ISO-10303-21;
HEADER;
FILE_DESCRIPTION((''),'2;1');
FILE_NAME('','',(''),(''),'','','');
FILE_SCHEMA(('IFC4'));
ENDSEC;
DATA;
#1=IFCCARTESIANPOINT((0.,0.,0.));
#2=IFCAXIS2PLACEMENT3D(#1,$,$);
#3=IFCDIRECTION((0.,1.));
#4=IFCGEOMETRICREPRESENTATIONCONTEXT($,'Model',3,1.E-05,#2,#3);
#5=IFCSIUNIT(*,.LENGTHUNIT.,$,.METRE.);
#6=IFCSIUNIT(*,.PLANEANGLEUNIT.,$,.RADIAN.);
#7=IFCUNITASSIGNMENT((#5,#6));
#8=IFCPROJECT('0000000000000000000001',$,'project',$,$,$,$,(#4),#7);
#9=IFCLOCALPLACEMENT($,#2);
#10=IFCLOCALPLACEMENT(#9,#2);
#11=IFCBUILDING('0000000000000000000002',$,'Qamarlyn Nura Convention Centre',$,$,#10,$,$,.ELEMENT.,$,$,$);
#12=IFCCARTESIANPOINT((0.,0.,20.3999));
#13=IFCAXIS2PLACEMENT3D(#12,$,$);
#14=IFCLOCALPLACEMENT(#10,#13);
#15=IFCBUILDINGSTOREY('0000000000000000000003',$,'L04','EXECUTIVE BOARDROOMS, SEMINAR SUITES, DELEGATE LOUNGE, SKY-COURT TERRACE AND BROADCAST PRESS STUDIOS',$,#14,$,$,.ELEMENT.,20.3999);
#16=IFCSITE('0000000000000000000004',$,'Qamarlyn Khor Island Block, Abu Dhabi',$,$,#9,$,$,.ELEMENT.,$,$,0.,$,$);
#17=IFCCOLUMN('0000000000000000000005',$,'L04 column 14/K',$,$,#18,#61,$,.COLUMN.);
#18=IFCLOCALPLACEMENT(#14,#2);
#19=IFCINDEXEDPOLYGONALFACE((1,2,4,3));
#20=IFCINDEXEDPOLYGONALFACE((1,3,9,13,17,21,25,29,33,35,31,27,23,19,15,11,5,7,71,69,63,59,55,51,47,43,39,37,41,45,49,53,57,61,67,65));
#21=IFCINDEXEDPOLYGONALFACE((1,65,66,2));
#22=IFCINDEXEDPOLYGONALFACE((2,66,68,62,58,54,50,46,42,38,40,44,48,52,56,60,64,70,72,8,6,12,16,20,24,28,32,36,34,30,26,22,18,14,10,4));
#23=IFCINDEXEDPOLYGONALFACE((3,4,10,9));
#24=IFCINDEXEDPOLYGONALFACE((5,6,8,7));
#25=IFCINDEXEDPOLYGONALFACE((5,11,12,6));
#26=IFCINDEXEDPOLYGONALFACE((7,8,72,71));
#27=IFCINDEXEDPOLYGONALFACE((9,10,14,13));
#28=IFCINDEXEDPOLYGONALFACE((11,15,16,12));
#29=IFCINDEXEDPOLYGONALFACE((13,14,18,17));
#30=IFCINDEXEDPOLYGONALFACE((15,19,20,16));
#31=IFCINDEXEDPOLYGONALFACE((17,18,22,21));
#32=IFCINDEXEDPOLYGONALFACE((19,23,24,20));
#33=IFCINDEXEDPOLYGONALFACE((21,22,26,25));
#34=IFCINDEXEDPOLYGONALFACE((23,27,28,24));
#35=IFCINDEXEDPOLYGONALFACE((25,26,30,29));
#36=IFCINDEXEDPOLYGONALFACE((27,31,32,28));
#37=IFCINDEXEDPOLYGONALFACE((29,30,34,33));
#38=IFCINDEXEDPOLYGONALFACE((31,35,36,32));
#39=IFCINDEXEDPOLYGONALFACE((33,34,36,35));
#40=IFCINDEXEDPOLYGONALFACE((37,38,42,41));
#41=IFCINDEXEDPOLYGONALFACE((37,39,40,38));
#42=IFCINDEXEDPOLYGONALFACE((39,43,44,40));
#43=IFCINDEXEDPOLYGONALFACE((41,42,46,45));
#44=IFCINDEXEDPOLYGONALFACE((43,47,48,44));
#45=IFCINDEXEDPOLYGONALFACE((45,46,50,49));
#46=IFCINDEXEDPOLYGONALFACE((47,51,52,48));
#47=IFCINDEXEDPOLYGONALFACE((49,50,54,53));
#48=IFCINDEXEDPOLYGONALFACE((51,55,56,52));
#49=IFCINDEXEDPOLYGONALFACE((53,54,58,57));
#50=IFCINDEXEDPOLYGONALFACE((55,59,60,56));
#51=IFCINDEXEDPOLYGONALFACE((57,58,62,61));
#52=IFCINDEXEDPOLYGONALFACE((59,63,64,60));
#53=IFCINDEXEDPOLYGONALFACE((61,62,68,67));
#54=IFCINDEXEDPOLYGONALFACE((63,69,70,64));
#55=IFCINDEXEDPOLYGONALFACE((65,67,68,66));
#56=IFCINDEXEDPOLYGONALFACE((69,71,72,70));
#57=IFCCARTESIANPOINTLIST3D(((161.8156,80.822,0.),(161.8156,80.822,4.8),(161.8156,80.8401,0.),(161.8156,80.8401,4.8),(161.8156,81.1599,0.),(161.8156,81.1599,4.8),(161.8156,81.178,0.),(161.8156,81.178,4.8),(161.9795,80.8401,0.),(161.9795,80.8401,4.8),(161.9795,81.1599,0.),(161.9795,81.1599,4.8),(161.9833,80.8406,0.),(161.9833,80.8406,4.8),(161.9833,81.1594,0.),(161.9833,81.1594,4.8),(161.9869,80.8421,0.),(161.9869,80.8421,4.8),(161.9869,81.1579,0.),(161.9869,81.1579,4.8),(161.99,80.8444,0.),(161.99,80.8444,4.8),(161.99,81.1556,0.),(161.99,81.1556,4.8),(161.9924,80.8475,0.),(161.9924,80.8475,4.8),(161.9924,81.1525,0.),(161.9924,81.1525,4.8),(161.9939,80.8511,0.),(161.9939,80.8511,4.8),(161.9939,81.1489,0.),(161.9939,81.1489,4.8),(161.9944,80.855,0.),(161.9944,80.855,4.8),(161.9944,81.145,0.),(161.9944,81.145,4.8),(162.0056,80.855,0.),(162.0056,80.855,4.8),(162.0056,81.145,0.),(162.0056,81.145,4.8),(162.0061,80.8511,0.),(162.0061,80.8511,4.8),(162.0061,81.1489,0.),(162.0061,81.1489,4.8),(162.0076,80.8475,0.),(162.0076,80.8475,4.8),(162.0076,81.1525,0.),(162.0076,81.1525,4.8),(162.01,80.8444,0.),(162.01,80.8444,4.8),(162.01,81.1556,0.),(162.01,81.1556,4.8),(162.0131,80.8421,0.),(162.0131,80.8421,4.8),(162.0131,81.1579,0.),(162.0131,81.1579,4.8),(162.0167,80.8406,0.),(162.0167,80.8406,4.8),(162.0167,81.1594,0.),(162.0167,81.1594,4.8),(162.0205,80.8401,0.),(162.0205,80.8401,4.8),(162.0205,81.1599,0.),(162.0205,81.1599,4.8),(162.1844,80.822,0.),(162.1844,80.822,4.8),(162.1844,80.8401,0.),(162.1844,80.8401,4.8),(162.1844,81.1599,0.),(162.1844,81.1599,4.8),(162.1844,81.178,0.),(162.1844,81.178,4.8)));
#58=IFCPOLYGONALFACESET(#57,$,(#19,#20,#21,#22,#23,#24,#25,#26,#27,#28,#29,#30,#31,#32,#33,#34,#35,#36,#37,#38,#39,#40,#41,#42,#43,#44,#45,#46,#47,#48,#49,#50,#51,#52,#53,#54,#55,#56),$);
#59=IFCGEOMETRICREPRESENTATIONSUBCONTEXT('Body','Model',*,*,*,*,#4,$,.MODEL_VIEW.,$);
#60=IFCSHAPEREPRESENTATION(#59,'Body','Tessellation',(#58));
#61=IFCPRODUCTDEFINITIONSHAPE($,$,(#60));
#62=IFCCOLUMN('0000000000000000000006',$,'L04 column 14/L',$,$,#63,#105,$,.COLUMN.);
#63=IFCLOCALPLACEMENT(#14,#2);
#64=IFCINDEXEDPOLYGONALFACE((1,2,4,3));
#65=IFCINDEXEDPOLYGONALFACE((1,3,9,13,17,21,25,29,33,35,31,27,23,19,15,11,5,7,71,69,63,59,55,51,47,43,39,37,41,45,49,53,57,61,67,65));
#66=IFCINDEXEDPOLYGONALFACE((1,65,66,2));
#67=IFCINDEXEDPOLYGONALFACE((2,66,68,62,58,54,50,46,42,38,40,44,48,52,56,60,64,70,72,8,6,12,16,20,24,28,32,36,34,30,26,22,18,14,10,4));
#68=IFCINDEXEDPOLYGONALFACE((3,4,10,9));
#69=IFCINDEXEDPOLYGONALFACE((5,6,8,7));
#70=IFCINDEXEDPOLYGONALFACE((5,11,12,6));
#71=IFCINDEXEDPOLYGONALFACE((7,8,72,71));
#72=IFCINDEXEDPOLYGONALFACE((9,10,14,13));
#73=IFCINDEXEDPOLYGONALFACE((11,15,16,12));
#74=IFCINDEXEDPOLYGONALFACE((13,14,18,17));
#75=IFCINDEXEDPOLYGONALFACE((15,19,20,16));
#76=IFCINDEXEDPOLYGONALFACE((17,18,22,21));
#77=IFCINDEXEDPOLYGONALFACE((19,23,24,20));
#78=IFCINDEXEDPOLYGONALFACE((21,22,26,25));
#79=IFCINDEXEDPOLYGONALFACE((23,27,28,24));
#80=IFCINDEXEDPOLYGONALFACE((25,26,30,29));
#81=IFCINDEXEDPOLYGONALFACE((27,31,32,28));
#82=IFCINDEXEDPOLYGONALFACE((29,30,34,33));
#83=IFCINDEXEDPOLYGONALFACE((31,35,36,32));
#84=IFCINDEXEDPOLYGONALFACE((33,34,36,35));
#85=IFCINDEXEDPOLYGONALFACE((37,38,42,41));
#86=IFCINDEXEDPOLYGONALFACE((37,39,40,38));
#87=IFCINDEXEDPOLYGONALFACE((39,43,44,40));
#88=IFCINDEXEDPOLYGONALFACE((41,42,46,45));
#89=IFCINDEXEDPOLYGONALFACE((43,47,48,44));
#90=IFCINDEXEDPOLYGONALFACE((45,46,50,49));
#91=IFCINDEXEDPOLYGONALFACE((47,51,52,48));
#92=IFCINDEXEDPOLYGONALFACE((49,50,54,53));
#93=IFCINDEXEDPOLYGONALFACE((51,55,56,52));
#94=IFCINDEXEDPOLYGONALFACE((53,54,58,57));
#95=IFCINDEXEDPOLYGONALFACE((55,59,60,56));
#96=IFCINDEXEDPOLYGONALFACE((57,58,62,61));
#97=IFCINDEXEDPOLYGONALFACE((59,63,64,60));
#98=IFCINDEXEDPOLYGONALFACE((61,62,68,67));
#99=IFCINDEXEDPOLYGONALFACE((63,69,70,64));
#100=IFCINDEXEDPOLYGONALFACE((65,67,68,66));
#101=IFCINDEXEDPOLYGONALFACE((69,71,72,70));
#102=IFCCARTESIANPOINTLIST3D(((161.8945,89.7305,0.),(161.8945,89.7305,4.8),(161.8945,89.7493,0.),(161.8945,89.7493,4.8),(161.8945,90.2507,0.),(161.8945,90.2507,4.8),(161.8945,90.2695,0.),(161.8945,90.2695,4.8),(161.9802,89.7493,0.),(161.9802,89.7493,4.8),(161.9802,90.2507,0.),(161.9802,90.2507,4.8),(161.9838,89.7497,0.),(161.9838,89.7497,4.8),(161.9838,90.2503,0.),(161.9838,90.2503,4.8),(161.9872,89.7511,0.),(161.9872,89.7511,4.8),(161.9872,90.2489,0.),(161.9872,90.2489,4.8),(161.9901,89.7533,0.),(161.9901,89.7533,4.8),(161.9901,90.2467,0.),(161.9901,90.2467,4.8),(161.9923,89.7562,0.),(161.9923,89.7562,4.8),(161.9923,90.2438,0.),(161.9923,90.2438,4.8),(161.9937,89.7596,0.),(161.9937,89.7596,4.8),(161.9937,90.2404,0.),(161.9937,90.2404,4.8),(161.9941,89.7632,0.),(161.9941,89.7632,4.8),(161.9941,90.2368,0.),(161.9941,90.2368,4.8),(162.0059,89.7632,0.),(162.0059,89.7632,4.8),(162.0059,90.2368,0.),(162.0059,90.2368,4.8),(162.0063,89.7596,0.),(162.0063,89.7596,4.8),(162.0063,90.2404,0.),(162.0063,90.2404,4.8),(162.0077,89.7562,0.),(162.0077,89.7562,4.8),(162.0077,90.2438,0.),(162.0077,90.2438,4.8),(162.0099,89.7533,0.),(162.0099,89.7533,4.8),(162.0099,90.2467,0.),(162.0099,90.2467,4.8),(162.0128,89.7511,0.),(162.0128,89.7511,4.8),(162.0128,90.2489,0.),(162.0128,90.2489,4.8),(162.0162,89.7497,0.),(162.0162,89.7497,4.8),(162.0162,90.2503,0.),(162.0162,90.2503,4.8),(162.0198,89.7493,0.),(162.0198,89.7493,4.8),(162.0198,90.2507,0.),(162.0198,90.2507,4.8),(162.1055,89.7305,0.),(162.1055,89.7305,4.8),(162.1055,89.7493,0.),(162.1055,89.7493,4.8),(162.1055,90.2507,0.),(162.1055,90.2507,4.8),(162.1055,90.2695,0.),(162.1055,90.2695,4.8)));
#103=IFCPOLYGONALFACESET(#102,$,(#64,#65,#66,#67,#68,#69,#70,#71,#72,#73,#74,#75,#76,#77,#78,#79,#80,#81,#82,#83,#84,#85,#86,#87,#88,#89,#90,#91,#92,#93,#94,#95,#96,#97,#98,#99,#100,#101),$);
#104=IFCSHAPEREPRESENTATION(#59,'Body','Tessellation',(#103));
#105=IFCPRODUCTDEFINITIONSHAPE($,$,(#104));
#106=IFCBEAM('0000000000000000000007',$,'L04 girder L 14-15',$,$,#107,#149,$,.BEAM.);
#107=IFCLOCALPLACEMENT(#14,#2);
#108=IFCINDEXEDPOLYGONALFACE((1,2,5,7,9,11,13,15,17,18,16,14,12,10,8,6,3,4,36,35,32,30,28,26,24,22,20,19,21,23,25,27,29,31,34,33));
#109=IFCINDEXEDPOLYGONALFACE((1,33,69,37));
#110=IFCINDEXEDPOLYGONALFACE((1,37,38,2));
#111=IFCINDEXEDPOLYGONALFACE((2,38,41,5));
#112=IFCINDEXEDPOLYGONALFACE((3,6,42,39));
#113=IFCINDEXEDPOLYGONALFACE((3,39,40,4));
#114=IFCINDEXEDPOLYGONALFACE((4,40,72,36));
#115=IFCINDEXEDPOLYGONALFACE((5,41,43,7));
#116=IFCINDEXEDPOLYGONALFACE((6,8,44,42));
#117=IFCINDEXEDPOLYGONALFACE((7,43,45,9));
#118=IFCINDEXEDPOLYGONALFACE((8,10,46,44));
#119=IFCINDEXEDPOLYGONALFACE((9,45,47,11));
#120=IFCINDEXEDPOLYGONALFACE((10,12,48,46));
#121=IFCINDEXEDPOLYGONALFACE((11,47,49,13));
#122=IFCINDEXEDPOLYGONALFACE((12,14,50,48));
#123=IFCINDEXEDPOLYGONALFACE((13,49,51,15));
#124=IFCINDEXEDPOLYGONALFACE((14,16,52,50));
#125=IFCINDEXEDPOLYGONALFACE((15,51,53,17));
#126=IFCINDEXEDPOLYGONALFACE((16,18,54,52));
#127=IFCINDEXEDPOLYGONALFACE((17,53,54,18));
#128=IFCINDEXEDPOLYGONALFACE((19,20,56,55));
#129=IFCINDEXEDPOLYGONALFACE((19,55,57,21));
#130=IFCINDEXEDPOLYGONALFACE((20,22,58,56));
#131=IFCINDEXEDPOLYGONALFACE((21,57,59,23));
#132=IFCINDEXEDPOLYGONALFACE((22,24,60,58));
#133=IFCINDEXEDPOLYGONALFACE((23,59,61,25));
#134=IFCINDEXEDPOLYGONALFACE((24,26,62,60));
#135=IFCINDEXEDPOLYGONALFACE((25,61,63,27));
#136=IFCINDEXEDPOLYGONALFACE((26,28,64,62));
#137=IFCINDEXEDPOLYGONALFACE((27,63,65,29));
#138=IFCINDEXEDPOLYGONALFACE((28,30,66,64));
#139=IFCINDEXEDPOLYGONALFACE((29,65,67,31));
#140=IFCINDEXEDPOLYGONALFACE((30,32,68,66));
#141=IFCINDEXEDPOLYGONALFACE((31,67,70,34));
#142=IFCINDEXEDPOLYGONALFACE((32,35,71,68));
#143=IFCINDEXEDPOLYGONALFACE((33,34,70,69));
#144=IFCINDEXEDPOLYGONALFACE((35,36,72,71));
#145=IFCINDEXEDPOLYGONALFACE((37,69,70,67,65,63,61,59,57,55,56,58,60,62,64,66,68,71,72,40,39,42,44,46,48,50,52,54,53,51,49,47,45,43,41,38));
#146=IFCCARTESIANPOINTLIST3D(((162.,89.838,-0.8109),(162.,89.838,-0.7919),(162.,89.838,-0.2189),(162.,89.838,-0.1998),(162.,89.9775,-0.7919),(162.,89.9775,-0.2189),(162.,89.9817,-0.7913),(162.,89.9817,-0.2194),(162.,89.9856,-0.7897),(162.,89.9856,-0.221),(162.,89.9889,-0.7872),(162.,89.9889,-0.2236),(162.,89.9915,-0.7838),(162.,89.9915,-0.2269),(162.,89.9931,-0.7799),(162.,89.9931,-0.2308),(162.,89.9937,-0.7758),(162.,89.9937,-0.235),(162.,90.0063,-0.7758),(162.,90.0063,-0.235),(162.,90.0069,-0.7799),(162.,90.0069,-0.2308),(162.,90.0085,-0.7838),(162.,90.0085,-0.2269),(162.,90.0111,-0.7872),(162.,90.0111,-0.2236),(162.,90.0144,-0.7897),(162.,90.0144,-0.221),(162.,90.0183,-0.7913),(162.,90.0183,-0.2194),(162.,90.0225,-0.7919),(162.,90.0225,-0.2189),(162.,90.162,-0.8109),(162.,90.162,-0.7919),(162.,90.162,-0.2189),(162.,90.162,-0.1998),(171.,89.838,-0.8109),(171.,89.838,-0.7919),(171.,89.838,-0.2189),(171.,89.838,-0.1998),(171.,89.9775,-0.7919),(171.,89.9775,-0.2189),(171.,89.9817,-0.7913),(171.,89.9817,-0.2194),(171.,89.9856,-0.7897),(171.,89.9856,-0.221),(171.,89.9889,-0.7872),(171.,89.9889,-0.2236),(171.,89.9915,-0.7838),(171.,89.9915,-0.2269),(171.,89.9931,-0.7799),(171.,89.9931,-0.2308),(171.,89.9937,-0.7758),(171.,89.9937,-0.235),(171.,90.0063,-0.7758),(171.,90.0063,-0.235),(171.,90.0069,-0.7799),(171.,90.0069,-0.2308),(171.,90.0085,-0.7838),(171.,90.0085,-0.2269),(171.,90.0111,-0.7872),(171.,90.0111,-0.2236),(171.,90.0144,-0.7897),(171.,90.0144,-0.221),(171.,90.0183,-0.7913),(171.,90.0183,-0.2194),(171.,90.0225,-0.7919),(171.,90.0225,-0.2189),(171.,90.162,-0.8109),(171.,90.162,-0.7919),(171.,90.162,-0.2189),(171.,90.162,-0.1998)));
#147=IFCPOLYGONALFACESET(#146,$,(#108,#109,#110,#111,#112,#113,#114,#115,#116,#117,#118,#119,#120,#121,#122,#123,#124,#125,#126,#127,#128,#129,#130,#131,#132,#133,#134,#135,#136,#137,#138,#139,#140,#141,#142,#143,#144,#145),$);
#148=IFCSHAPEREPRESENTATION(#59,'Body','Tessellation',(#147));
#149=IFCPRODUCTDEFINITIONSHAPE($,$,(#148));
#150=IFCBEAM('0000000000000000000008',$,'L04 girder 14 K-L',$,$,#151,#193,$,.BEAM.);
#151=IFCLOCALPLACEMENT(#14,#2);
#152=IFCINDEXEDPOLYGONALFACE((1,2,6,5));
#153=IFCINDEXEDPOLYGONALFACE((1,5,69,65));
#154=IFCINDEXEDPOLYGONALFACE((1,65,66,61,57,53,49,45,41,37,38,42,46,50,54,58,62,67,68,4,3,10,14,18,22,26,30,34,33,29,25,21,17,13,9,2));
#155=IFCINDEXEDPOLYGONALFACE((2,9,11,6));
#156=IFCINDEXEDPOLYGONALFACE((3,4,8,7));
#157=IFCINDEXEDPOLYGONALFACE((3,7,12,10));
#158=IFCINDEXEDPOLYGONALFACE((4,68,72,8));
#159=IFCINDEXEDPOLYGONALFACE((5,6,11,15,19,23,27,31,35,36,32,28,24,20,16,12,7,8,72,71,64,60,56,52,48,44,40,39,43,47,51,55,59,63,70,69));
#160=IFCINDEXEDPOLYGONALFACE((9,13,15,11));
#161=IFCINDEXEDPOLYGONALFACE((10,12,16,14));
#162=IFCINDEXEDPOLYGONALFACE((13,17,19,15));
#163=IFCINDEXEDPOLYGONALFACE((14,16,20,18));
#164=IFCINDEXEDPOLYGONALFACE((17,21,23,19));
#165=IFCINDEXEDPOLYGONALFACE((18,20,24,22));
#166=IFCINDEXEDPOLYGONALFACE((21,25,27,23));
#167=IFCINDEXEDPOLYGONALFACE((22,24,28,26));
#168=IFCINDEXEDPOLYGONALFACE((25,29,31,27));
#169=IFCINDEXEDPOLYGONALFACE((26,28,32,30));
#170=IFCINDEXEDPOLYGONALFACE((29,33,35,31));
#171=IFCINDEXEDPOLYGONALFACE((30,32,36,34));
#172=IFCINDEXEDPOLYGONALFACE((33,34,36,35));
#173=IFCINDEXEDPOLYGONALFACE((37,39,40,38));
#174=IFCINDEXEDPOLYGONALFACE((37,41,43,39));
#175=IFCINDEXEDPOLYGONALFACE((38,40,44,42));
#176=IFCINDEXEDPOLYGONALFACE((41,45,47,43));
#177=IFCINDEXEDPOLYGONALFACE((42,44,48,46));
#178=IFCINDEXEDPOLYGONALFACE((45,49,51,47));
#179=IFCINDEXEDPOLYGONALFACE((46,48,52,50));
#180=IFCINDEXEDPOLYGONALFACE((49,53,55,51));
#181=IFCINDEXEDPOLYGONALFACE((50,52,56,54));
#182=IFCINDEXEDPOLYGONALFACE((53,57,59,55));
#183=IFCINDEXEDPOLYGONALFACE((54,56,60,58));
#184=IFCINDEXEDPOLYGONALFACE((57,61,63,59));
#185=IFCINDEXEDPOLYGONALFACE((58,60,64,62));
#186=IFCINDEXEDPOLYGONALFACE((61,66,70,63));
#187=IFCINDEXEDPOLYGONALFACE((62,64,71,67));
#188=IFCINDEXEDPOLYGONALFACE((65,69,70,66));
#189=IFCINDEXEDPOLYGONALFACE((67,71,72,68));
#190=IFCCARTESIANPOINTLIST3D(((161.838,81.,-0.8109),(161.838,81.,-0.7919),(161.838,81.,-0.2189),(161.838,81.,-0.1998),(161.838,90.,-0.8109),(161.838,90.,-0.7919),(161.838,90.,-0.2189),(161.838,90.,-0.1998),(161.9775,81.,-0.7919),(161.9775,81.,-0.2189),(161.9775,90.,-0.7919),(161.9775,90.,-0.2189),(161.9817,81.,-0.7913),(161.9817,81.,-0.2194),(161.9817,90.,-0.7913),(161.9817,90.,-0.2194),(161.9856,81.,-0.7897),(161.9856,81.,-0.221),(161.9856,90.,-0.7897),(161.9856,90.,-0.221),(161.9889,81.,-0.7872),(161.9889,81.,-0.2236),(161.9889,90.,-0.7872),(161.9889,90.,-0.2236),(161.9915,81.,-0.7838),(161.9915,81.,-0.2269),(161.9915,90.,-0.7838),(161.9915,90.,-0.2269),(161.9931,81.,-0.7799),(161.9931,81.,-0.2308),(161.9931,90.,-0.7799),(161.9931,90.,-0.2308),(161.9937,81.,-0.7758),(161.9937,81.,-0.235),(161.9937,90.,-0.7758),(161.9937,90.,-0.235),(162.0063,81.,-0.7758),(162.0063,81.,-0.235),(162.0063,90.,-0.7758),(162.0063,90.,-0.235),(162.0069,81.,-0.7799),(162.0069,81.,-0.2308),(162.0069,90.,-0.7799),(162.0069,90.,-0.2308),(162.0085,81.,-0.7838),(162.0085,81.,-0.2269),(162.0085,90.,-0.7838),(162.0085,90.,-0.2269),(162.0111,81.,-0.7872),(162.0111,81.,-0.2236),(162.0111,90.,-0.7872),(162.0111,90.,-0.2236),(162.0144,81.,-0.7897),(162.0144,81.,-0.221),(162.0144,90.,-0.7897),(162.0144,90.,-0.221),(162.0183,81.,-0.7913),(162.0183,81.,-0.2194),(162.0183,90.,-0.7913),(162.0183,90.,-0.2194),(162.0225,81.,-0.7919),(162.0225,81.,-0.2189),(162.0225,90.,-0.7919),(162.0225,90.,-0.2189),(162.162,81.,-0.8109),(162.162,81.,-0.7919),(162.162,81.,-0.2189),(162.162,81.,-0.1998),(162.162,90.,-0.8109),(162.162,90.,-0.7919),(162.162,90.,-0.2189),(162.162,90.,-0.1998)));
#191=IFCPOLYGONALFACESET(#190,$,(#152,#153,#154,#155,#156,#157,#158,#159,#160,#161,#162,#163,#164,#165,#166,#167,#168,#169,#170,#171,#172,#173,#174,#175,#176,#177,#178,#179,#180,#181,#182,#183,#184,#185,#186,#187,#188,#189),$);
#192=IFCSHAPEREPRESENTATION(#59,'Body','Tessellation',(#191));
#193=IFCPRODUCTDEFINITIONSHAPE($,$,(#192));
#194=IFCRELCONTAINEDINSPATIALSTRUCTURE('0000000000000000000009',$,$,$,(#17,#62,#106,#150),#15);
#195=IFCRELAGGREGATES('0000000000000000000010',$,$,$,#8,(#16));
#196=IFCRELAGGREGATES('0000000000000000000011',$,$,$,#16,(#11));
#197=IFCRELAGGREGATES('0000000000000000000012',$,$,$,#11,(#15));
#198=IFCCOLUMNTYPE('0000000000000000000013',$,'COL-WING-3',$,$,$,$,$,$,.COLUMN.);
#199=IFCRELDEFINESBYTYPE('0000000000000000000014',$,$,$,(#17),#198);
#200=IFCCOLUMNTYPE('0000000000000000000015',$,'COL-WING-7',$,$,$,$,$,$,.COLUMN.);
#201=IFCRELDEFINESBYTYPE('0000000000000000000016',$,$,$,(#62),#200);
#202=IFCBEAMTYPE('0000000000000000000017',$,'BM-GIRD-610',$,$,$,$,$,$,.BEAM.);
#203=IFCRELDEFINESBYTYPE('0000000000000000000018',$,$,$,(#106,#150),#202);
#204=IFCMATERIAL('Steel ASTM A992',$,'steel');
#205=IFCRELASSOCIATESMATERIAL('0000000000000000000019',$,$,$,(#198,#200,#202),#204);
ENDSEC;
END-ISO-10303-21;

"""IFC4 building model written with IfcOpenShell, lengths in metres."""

from ifc_helpers import new_model, si_unit, direction, frame, origin, origin_2d, place, context, subcontext, project, spatial, i_section, extrude, material, material_profile, profile_set, type_object, element, save


model = new_model("IFC4")

# Units and contexts
model_context = context("Model", 3, precision=1e-05, world=origin(), true_north=direction((0.0, 1.0)))
body_context = subcontext(model_context, "Body", "Model", "MODEL_VIEW")
ifc_project = project(units=[si_unit("LENGTHUNIT", "METRE"), si_unit("PLANEANGLEUNIT", "RADIAN")], contexts=[model_context])

# Site, building, storey
site_placement = place(None, origin())
site = spatial("IfcSite", under=ifc_project, at=site_placement, Name="Qamarlyn Khor Island Block, Abu Dhabi", CompositionType="ELEMENT", RefElevation=0.0)
building_placement = place(site_placement, origin())
building = spatial("IfcBuilding", under=site, at=building_placement, Name="Qamarlyn Nura Convention Centre", CompositionType="ELEMENT")
storey_placement = place(building_placement, frame((0.0, 0.0, 20.3999)))
storey = spatial("IfcBuildingStorey", under=building, at=storey_placement, Name="L04", Description="EXECUTIVE BOARDROOMS, SEMINAR SUITES, DELEGATE LOUNGE, SKY-COURT TERRACE AND BROADCAST PRESS STUDIOS", CompositionType="ELEMENT", Elevation=20.3999)

# Columns
ifc_material_1 = material(Name="Steel ASTM A992", Category="steel")
ifc_material_profile_1 = material_profile(ifc_material_1, i_section(OverallWidth=0.3689, OverallDepth=0.356, WebThickness=0.0112, FlangeThickness=0.0181, FilletRadius=0.0149, at=origin_2d()), Name="W360X134")
ifc_profile_set_1 = profile_set([ifc_material_profile_1], Name="Steel ASTM A992")
column_type_1 = type_object("IfcColumnType", Name="COL-WING-3", PredefinedType="COLUMN", material=ifc_profile_set_1)
column_1_placement = place(storey_placement, frame((162.0, 81.0, 0.0), z_axis=(0.0, 0.0, 1.0), x_axis=(1.0, 0.0, 0.0)))
element("IfcColumn", 1, at=column_1_placement, inside=storey, type_object=column_type_1, Name="L04 column 14/K", PredefinedType="COLUMN", context=body_context, shape_type="SweptSolid", body=[
    extrude(i_section(OverallWidth=0.3689, OverallDepth=0.356, WebThickness=0.0112, FlangeThickness=0.0181, FilletRadius=0.0149, at=origin_2d()), origin(), (0.0, 0.0, 1.0), 4.8),
])
ifc_material_profile_2 = material_profile(ifc_material_1, i_section(OverallWidth=0.2109, OverallDepth=0.5391, WebThickness=0.0117, FlangeThickness=0.0188, FilletRadius=0.0139, at=origin_2d()), Name="W530X109")
ifc_profile_set_2 = profile_set([ifc_material_profile_2], Name="Steel ASTM A992")
column_type_2 = type_object("IfcColumnType", Name="COL-WING-7", PredefinedType="COLUMN", material=ifc_profile_set_2)
column_2_placement = place(storey_placement, frame((162.0, 90.0, 0.0), z_axis=(0.0, 0.0, 1.0), x_axis=(1.0, 0.0, 0.0)))
element("IfcColumn", 2, at=column_2_placement, inside=storey, type_object=column_type_2, Name="L04 column 14/L", PredefinedType="COLUMN", context=body_context, shape_type="SweptSolid", body=[
    extrude(i_section(OverallWidth=0.2109, OverallDepth=0.5391, WebThickness=0.0117, FlangeThickness=0.0188, FilletRadius=0.0139, at=origin_2d()), origin(), (0.0, 0.0, 1.0), 4.8),
])

# Beams
ifc_material_profile_3 = material_profile(ifc_material_1, i_section(OverallWidth=0.324, OverallDepth=0.6111, WebThickness=0.0127, FlangeThickness=0.019, FilletRadius=0.0161, at=origin_2d()), Name="W610X155")
ifc_profile_set_3 = profile_set([ifc_material_profile_3], Name="Steel ASTM A992")
beam_type_1 = type_object("IfcBeamType", Name="BM-GIRD-610", PredefinedType="BEAM", material=ifc_profile_set_3)
for number, where, z_axis, x_axis, name in (
    (3, (162.0, 90.0, -0.5054), (1.0, 0.0, 0.0), (0.0, 1.0, 0.0), "L04 girder L 14-15"),
    (4, (162.0, 81.0, -0.5054), (0.0, 1.0, 0.0), (-1.0, 0.0, 0.0), "L04 girder 14 K-L"),
):
    element("IfcBeam", number, at=place(storey_placement, frame(where, z_axis=z_axis, x_axis=x_axis)), inside=storey, type_object=beam_type_1, Name=name, PredefinedType="BEAM", context=body_context, shape_type="SweptSolid", body=[
        extrude(i_section(OverallWidth=0.324, OverallDepth=0.6111, WebThickness=0.0127, FlangeThickness=0.019, FilletRadius=0.0161, at=origin_2d()), origin(), (0.0, 0.0, 1.0), 9.0),
    ])

save(model, "model.ifc")
